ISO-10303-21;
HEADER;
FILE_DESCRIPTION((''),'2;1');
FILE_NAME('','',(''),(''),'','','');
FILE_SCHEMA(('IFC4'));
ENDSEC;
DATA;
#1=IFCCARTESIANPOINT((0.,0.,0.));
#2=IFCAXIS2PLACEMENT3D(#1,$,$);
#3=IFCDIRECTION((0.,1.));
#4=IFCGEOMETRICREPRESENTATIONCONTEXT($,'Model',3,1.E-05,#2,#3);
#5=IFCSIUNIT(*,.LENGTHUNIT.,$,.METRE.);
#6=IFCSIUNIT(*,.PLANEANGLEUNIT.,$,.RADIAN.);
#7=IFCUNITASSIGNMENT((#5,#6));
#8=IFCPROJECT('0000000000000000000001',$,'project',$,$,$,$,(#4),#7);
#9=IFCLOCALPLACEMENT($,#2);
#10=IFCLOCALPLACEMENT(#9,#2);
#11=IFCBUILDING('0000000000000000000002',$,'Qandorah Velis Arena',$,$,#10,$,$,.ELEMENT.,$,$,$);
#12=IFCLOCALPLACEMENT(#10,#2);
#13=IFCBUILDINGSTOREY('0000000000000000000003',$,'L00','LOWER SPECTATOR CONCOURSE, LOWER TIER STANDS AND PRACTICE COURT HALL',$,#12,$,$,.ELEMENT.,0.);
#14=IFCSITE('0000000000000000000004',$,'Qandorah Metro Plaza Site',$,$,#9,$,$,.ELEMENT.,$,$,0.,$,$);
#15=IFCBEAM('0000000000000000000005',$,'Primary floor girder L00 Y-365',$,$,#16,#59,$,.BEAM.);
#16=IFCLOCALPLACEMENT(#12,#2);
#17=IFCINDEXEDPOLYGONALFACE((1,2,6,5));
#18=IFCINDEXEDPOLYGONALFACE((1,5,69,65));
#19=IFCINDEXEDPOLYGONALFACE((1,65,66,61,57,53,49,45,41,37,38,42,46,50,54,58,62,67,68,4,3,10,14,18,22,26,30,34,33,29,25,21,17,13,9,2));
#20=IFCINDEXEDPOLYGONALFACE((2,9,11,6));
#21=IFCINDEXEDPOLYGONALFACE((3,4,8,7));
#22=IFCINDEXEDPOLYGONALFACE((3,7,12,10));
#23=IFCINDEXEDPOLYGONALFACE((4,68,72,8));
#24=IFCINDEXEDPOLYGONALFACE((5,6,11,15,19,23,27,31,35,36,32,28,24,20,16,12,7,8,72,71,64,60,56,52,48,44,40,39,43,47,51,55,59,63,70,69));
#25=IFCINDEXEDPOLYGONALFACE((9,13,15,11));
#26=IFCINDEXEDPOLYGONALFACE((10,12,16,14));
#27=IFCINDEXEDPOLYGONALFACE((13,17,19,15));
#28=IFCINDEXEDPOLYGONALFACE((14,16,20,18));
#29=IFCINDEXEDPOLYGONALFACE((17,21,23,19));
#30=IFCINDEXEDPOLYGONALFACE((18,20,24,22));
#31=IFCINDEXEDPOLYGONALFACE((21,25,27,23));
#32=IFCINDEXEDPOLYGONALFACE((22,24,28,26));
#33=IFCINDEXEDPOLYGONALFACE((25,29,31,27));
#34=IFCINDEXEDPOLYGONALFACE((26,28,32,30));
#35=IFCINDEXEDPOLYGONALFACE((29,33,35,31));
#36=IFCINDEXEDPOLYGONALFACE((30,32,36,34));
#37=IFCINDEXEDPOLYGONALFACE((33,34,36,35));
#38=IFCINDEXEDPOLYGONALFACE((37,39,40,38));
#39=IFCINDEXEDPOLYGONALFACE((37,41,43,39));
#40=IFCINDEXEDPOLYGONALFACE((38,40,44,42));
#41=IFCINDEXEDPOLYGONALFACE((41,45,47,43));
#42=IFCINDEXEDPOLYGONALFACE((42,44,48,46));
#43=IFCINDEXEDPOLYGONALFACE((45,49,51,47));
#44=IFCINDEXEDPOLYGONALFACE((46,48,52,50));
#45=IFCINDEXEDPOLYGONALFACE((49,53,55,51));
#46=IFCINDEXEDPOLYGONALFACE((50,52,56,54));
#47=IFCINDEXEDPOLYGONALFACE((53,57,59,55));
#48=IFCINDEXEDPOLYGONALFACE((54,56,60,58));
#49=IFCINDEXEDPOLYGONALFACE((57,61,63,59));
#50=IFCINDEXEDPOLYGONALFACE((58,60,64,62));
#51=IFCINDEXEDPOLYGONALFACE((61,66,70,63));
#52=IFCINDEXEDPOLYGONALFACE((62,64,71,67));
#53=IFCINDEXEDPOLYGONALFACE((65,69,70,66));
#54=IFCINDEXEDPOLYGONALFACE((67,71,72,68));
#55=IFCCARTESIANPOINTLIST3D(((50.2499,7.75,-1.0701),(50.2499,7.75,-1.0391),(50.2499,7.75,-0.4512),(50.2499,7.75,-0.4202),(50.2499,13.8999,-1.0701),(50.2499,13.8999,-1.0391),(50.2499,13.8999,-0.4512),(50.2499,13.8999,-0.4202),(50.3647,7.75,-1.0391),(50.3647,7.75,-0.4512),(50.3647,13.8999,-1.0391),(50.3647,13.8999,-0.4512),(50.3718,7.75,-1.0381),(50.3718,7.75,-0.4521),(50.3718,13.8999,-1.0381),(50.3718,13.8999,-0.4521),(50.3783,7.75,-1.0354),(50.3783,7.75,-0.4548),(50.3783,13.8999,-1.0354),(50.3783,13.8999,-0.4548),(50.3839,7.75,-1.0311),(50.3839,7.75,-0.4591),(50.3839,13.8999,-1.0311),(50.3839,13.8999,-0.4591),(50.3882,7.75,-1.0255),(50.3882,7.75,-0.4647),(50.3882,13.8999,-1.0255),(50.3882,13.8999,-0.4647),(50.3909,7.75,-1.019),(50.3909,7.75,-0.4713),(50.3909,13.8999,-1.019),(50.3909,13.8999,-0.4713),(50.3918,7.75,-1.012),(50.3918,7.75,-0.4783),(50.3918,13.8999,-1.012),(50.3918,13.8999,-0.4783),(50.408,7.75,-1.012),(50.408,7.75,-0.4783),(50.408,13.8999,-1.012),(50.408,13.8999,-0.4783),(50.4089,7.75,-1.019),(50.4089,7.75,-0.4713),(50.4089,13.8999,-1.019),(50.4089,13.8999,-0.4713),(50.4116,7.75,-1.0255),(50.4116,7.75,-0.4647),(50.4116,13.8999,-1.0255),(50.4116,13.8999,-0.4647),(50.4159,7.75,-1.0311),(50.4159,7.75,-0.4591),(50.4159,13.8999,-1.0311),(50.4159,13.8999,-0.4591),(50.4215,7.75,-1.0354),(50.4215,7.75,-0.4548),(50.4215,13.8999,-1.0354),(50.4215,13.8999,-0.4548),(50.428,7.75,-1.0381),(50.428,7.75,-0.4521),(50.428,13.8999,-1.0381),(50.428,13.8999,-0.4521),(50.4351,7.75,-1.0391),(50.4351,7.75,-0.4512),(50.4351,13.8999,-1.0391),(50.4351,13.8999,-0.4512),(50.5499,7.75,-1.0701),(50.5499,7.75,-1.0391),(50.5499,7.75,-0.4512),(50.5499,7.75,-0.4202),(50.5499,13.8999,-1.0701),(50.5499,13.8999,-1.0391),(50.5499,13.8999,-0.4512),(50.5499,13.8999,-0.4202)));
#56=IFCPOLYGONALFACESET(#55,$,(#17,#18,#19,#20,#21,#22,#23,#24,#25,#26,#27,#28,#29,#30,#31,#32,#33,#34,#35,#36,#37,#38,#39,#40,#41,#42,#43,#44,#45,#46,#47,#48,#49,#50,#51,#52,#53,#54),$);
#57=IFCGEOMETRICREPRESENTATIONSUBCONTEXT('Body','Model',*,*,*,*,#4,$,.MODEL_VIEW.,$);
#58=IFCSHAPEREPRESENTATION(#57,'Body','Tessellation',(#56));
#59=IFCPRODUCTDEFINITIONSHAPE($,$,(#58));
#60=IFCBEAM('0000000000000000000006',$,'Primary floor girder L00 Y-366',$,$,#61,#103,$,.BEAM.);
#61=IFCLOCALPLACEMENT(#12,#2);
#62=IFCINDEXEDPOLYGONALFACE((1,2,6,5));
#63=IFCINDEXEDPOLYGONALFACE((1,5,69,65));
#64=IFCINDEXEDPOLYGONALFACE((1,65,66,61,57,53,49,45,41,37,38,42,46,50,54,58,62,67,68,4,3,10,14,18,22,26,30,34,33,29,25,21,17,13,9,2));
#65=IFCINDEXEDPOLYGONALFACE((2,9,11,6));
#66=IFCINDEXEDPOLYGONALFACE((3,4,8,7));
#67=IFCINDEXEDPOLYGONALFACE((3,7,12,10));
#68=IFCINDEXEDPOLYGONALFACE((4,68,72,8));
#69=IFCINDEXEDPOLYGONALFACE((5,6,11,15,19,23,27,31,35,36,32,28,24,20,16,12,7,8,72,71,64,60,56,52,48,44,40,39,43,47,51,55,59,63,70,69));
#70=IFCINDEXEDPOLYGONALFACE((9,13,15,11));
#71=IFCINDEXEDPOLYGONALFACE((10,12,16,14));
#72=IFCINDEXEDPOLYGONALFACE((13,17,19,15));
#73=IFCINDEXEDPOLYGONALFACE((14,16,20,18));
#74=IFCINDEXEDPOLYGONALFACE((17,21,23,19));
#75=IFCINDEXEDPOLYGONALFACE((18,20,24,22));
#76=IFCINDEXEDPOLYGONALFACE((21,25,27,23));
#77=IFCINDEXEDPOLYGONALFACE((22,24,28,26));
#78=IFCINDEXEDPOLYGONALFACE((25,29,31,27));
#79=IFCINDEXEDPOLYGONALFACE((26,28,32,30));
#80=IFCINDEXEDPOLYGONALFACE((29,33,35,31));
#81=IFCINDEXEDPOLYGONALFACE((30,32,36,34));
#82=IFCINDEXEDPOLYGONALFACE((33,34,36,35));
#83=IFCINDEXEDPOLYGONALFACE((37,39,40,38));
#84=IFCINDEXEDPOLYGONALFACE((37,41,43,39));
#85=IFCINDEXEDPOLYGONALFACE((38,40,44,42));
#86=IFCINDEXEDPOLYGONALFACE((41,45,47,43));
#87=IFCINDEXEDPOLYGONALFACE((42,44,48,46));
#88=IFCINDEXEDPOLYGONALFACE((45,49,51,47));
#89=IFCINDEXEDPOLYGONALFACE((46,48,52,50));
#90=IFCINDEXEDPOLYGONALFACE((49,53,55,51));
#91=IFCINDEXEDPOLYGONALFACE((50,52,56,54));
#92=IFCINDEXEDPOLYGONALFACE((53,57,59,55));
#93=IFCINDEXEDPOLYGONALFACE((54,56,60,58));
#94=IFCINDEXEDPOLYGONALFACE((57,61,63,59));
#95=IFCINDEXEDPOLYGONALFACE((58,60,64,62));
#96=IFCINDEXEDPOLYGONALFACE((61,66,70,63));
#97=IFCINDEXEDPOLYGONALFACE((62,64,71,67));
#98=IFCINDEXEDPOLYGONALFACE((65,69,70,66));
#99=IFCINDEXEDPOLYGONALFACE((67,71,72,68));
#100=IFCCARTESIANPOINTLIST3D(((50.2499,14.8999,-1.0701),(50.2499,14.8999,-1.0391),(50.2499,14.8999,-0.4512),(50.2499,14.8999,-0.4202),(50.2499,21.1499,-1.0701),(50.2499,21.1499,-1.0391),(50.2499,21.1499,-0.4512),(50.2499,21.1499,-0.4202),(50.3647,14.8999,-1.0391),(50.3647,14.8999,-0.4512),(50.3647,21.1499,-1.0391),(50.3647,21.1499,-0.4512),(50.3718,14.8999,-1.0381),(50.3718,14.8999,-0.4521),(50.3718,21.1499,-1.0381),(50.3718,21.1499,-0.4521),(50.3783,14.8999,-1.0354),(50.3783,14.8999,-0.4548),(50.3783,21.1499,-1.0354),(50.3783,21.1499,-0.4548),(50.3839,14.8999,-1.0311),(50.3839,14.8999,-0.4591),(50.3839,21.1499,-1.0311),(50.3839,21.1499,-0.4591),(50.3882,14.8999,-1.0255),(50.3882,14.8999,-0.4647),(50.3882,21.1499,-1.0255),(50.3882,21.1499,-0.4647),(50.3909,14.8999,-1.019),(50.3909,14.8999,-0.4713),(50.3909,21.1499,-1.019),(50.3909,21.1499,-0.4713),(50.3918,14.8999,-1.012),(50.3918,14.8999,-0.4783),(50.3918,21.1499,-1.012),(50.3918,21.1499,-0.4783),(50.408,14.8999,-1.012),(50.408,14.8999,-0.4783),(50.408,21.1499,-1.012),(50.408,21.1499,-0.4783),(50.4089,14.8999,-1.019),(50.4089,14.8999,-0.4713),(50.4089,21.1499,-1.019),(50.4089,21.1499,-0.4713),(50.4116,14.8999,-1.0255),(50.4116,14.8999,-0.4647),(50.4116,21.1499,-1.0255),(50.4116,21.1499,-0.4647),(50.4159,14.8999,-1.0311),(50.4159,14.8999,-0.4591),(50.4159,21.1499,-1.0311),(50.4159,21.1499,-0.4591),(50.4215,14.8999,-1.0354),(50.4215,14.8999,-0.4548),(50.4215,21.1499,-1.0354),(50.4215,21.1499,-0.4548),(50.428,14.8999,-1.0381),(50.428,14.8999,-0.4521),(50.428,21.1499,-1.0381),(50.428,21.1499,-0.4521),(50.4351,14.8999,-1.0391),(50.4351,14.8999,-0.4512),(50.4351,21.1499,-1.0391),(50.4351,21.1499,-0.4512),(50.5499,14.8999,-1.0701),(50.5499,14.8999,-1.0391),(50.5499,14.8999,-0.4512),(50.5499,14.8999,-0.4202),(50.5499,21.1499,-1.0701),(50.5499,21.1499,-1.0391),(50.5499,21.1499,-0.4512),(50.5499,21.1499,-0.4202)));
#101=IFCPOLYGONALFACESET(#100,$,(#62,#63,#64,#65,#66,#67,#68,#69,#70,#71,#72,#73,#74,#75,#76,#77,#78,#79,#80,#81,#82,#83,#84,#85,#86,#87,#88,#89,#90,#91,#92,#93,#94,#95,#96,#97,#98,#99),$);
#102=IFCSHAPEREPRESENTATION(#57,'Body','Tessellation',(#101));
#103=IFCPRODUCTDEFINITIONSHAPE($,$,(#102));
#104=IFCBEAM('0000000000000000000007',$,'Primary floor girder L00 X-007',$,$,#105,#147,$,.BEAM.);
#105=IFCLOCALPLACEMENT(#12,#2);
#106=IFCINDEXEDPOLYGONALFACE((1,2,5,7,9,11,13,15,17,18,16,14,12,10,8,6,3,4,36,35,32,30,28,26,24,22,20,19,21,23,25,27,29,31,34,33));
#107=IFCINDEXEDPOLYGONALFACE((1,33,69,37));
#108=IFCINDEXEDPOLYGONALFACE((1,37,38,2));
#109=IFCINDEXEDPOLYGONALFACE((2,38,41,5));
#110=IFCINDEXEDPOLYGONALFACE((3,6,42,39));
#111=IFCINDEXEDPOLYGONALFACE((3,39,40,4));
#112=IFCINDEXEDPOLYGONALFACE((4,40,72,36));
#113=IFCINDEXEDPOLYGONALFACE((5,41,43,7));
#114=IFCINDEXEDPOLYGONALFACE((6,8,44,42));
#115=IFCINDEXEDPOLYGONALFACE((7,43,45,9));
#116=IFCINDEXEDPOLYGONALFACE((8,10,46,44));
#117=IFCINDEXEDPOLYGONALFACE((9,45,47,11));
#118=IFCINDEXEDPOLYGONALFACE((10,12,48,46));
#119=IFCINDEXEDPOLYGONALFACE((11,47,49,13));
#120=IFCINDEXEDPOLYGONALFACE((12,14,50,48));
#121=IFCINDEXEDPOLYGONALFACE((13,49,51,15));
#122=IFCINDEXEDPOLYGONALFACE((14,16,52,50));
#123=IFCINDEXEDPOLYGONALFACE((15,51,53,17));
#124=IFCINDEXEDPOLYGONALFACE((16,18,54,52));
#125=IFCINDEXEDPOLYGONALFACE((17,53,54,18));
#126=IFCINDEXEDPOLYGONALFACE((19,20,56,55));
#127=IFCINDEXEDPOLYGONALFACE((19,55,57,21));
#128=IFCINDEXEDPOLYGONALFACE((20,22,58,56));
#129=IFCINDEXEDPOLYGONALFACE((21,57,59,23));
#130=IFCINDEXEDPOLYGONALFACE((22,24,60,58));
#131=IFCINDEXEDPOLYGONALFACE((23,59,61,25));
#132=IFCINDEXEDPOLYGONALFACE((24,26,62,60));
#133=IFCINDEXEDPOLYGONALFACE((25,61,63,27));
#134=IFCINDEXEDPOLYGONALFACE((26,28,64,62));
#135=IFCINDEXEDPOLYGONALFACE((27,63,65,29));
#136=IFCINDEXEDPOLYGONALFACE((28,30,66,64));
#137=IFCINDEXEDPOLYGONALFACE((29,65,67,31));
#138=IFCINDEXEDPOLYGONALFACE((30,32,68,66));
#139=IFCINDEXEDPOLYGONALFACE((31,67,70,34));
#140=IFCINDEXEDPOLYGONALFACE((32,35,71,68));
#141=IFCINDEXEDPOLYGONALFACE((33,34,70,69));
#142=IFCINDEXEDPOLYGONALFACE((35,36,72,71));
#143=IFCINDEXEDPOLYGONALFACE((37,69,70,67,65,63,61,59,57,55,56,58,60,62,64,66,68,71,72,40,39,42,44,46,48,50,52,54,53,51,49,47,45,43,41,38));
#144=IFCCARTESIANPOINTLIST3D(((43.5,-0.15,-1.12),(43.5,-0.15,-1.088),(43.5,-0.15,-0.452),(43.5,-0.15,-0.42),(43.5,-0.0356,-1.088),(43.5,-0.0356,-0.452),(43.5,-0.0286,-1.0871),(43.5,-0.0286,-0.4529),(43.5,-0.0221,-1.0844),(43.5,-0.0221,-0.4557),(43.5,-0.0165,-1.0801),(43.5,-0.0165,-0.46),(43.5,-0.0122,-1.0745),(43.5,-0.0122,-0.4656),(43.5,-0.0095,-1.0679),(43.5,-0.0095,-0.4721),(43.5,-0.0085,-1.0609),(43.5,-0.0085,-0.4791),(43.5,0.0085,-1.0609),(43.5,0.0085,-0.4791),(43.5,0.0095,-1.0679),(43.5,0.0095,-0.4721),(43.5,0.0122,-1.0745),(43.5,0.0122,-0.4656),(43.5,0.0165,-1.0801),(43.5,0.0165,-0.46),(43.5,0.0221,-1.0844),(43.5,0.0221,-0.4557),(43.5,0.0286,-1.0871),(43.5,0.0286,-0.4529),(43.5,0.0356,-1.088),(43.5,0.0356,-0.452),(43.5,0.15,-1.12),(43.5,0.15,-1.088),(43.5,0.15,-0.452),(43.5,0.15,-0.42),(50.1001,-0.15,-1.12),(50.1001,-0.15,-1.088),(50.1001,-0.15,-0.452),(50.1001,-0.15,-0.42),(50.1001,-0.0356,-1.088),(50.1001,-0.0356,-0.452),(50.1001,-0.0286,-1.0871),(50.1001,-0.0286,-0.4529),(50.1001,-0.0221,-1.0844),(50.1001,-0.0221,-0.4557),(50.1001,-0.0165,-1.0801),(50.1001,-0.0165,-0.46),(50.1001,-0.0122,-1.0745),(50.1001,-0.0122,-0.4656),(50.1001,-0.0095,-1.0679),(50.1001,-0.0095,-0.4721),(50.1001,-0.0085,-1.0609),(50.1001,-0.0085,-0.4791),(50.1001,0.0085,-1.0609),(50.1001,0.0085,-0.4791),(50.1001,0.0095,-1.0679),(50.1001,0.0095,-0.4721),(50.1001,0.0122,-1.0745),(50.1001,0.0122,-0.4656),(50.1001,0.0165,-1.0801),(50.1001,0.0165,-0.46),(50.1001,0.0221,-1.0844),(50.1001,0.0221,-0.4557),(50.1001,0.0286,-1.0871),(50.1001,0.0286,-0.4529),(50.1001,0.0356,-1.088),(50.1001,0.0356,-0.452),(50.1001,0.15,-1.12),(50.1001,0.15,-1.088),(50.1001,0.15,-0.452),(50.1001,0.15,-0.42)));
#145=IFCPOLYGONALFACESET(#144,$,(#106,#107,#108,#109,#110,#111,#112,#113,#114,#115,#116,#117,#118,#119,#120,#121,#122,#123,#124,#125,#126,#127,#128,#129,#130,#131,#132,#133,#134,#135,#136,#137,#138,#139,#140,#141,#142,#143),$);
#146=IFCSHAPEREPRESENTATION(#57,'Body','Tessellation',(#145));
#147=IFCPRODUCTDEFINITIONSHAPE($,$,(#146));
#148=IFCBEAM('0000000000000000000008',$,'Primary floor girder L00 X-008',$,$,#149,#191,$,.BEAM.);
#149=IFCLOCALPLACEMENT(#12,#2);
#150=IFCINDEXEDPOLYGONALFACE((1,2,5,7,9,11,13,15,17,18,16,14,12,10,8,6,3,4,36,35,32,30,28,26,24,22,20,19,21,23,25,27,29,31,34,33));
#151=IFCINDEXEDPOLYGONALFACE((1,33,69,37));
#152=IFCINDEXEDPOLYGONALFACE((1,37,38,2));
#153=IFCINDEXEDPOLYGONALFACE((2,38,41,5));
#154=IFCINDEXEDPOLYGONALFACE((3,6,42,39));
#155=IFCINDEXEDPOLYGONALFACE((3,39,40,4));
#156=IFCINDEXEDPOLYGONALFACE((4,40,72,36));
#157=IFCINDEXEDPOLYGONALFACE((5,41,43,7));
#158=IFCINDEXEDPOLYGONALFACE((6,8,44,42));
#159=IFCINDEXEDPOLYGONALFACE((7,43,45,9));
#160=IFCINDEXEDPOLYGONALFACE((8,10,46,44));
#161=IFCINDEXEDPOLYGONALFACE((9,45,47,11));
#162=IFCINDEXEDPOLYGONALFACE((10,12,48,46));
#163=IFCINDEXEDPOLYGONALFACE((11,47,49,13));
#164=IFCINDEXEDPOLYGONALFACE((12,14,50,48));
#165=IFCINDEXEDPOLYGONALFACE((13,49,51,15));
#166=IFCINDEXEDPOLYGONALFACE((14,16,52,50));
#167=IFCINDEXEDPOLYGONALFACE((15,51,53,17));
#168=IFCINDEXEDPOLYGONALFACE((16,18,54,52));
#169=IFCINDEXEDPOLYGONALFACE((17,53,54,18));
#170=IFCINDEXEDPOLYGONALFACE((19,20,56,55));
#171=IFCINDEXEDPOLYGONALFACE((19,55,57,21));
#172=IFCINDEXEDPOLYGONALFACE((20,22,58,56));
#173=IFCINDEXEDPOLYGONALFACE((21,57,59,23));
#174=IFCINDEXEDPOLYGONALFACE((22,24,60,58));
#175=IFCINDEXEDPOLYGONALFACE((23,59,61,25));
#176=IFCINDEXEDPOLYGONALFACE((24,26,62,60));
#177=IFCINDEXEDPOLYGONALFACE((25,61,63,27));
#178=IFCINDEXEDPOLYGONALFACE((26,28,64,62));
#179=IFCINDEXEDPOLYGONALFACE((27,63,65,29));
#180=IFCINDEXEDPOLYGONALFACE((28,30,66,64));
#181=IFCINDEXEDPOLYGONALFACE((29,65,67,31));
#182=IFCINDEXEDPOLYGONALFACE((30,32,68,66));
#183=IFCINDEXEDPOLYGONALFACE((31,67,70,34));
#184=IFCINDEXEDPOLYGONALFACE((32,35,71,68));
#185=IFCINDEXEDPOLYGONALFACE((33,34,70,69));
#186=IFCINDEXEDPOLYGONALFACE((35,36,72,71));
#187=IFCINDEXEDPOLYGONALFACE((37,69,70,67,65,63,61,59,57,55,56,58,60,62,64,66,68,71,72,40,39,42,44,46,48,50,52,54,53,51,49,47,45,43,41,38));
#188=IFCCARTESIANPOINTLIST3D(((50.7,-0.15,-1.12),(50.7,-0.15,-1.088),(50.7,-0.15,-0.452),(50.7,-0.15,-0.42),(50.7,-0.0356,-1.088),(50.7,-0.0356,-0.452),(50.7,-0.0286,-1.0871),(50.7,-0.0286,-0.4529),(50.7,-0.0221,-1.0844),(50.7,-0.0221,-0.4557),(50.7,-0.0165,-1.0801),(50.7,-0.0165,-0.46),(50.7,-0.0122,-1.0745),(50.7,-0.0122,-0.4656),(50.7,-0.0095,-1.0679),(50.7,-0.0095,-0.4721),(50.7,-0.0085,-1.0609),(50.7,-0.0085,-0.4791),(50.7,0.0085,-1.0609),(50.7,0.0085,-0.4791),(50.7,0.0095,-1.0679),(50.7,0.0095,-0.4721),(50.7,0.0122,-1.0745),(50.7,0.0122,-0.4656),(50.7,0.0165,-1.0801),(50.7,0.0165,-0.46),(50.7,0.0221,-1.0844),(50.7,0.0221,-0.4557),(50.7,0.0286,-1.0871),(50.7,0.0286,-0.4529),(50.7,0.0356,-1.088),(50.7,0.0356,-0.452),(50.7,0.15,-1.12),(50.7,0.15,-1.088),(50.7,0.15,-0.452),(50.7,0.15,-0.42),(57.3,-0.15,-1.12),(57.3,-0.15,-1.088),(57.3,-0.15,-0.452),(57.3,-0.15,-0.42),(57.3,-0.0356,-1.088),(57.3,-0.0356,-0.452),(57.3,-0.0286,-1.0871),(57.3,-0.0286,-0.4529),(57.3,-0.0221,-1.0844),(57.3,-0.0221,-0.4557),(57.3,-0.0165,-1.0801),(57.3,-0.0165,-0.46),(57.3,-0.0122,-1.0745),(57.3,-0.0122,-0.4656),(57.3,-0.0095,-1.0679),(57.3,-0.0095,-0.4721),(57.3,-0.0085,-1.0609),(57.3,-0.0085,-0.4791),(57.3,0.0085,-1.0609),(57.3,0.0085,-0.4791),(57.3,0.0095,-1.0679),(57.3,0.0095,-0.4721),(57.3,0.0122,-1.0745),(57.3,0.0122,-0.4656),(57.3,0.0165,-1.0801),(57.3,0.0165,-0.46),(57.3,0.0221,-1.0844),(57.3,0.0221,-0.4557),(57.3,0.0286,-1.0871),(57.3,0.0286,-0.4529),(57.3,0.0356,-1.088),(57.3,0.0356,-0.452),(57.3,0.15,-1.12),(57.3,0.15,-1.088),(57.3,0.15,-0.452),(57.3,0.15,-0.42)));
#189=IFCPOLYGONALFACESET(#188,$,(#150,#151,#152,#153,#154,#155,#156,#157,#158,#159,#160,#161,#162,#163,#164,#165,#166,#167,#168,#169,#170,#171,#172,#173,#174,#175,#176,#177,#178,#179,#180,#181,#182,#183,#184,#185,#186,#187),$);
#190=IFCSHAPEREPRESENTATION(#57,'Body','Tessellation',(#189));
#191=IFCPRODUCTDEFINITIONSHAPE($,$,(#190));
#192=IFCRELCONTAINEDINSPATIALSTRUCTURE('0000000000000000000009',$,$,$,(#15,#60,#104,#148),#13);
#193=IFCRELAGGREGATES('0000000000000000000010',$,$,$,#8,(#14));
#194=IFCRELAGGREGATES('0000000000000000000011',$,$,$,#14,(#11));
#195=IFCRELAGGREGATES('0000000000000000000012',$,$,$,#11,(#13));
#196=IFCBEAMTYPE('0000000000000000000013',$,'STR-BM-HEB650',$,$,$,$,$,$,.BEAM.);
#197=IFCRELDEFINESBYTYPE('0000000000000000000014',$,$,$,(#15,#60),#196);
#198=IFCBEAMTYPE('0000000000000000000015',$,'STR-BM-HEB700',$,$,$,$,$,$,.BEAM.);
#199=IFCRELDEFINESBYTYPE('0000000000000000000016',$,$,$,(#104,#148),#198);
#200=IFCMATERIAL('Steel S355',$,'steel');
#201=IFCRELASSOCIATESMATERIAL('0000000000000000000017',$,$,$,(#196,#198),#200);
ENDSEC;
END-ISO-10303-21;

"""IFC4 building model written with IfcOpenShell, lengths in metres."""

from ifc_helpers import new_model, si_unit, direction, frame, origin, origin_2d, place, context, subcontext, project, spatial, i_section, extrude, material, material_profile, profile_set, type_object, element, save


model = new_model("IFC4")

# Units and contexts
model_context = context("Model", 3, precision=1e-05, world=origin(), true_north=direction((0.0, 1.0)))
body_context = subcontext(model_context, "Body", "Model", "MODEL_VIEW")
ifc_project = project(units=[si_unit("LENGTHUNIT", "METRE"), si_unit("PLANEANGLEUNIT", "RADIAN")], contexts=[model_context])

# Site, building, storey
site_placement = place(None, origin())
site = spatial("IfcSite", under=ifc_project, at=site_placement, Name="Qandorah Metro Plaza Site", CompositionType="ELEMENT", RefElevation=0.0)
building_placement = place(site_placement, origin())
building = spatial("IfcBuilding", under=site, at=building_placement, Name="Qandorah Velis Arena", CompositionType="ELEMENT")
storey_placement = place(building_placement, origin())
storey = spatial("IfcBuildingStorey", under=building, at=storey_placement, Name="L00", Description="LOWER SPECTATOR CONCOURSE, LOWER TIER STANDS AND PRACTICE COURT HALL", CompositionType="ELEMENT", Elevation=0.0)

# Beams
ifc_material_1 = material(Name="Steel S355", Category="steel")
ifc_material_profile_1 = material_profile(ifc_material_1, i_section(OverallWidth=0.3, OverallDepth=0.6499, WebThickness=0.0161, FlangeThickness=0.031, FilletRadius=0.0271, at=origin_2d()), Name="HEB 650")
ifc_profile_set_1 = profile_set([ifc_material_profile_1], Name="Steel S355")
beam_type_1 = type_object("IfcBeamType", Name="STR-BM-HEB650", PredefinedType="BEAM", material=ifc_profile_set_1)
beam_1_placement = place(storey_placement, frame((50.3999, 7.75, -0.7451), z_axis=(0.0, 1.0, 0.0), x_axis=(-1.0, 0.0, 0.0)))
element("IfcBeam", 1, at=beam_1_placement, inside=storey, type_object=beam_type_1, Name="Primary floor girder L00 Y-365", PredefinedType="BEAM", context=body_context, shape_type="SweptSolid", body=[
    extrude(i_section(OverallWidth=0.3, OverallDepth=0.6499, WebThickness=0.0161, FlangeThickness=0.031, FilletRadius=0.0271, at=origin_2d()), origin(), (0.0, 0.0, 1.0), 6.1499),
])
beam_2_placement = place(storey_placement, frame((50.3999, 14.8999, -0.7451), z_axis=(0.0, 1.0, 0.0), x_axis=(-1.0, 0.0, 0.0)))
element("IfcBeam", 2, at=beam_2_placement, inside=storey, type_object=beam_type_1, Name="Primary floor girder L00 Y-366", PredefinedType="BEAM", context=body_context, shape_type="SweptSolid", body=[
    extrude(i_section(OverallWidth=0.3, OverallDepth=0.6499, WebThickness=0.0161, FlangeThickness=0.031, FilletRadius=0.0271, at=origin_2d()), origin(), (0.0, 0.0, 1.0), 6.25),
])
ifc_material_profile_2 = material_profile(ifc_material_1, i_section(OverallWidth=0.3, OverallDepth=0.7, WebThickness=0.0171, FlangeThickness=0.032, FilletRadius=0.0271, at=origin_2d()), Name="HEB 700")
ifc_profile_set_2 = profile_set([ifc_material_profile_2], Name="Steel S355")
beam_type_2 = type_object("IfcBeamType", Name="STR-BM-HEB700", PredefinedType="BEAM", material=ifc_profile_set_2)
for number, where, z_axis, x_axis, name in (
    (3, (43.5, 0.0, -0.77), (1.0, 0.0, 0.0), (0.0, 1.0, 0.0), "Primary floor girder L00 X-007"),
    (4, (50.7, 0.0, -0.77), (1.0, 0.0, 0.0), (0.0, 1.0, 0.0), "Primary floor girder L00 X-008"),
):
    element("IfcBeam", number, at=place(storey_placement, frame(where, z_axis=z_axis, x_axis=x_axis)), inside=storey, type_object=beam_type_2, Name=name, PredefinedType="BEAM", context=body_context, shape_type="SweptSolid", body=[
        extrude(i_section(OverallWidth=0.3, OverallDepth=0.7, WebThickness=0.0171, FlangeThickness=0.032, FilletRadius=0.0271, at=origin_2d()), origin(), (0.0, 0.0, 1.0), 6.6001),
    ])

save(model, "model.ifc")
